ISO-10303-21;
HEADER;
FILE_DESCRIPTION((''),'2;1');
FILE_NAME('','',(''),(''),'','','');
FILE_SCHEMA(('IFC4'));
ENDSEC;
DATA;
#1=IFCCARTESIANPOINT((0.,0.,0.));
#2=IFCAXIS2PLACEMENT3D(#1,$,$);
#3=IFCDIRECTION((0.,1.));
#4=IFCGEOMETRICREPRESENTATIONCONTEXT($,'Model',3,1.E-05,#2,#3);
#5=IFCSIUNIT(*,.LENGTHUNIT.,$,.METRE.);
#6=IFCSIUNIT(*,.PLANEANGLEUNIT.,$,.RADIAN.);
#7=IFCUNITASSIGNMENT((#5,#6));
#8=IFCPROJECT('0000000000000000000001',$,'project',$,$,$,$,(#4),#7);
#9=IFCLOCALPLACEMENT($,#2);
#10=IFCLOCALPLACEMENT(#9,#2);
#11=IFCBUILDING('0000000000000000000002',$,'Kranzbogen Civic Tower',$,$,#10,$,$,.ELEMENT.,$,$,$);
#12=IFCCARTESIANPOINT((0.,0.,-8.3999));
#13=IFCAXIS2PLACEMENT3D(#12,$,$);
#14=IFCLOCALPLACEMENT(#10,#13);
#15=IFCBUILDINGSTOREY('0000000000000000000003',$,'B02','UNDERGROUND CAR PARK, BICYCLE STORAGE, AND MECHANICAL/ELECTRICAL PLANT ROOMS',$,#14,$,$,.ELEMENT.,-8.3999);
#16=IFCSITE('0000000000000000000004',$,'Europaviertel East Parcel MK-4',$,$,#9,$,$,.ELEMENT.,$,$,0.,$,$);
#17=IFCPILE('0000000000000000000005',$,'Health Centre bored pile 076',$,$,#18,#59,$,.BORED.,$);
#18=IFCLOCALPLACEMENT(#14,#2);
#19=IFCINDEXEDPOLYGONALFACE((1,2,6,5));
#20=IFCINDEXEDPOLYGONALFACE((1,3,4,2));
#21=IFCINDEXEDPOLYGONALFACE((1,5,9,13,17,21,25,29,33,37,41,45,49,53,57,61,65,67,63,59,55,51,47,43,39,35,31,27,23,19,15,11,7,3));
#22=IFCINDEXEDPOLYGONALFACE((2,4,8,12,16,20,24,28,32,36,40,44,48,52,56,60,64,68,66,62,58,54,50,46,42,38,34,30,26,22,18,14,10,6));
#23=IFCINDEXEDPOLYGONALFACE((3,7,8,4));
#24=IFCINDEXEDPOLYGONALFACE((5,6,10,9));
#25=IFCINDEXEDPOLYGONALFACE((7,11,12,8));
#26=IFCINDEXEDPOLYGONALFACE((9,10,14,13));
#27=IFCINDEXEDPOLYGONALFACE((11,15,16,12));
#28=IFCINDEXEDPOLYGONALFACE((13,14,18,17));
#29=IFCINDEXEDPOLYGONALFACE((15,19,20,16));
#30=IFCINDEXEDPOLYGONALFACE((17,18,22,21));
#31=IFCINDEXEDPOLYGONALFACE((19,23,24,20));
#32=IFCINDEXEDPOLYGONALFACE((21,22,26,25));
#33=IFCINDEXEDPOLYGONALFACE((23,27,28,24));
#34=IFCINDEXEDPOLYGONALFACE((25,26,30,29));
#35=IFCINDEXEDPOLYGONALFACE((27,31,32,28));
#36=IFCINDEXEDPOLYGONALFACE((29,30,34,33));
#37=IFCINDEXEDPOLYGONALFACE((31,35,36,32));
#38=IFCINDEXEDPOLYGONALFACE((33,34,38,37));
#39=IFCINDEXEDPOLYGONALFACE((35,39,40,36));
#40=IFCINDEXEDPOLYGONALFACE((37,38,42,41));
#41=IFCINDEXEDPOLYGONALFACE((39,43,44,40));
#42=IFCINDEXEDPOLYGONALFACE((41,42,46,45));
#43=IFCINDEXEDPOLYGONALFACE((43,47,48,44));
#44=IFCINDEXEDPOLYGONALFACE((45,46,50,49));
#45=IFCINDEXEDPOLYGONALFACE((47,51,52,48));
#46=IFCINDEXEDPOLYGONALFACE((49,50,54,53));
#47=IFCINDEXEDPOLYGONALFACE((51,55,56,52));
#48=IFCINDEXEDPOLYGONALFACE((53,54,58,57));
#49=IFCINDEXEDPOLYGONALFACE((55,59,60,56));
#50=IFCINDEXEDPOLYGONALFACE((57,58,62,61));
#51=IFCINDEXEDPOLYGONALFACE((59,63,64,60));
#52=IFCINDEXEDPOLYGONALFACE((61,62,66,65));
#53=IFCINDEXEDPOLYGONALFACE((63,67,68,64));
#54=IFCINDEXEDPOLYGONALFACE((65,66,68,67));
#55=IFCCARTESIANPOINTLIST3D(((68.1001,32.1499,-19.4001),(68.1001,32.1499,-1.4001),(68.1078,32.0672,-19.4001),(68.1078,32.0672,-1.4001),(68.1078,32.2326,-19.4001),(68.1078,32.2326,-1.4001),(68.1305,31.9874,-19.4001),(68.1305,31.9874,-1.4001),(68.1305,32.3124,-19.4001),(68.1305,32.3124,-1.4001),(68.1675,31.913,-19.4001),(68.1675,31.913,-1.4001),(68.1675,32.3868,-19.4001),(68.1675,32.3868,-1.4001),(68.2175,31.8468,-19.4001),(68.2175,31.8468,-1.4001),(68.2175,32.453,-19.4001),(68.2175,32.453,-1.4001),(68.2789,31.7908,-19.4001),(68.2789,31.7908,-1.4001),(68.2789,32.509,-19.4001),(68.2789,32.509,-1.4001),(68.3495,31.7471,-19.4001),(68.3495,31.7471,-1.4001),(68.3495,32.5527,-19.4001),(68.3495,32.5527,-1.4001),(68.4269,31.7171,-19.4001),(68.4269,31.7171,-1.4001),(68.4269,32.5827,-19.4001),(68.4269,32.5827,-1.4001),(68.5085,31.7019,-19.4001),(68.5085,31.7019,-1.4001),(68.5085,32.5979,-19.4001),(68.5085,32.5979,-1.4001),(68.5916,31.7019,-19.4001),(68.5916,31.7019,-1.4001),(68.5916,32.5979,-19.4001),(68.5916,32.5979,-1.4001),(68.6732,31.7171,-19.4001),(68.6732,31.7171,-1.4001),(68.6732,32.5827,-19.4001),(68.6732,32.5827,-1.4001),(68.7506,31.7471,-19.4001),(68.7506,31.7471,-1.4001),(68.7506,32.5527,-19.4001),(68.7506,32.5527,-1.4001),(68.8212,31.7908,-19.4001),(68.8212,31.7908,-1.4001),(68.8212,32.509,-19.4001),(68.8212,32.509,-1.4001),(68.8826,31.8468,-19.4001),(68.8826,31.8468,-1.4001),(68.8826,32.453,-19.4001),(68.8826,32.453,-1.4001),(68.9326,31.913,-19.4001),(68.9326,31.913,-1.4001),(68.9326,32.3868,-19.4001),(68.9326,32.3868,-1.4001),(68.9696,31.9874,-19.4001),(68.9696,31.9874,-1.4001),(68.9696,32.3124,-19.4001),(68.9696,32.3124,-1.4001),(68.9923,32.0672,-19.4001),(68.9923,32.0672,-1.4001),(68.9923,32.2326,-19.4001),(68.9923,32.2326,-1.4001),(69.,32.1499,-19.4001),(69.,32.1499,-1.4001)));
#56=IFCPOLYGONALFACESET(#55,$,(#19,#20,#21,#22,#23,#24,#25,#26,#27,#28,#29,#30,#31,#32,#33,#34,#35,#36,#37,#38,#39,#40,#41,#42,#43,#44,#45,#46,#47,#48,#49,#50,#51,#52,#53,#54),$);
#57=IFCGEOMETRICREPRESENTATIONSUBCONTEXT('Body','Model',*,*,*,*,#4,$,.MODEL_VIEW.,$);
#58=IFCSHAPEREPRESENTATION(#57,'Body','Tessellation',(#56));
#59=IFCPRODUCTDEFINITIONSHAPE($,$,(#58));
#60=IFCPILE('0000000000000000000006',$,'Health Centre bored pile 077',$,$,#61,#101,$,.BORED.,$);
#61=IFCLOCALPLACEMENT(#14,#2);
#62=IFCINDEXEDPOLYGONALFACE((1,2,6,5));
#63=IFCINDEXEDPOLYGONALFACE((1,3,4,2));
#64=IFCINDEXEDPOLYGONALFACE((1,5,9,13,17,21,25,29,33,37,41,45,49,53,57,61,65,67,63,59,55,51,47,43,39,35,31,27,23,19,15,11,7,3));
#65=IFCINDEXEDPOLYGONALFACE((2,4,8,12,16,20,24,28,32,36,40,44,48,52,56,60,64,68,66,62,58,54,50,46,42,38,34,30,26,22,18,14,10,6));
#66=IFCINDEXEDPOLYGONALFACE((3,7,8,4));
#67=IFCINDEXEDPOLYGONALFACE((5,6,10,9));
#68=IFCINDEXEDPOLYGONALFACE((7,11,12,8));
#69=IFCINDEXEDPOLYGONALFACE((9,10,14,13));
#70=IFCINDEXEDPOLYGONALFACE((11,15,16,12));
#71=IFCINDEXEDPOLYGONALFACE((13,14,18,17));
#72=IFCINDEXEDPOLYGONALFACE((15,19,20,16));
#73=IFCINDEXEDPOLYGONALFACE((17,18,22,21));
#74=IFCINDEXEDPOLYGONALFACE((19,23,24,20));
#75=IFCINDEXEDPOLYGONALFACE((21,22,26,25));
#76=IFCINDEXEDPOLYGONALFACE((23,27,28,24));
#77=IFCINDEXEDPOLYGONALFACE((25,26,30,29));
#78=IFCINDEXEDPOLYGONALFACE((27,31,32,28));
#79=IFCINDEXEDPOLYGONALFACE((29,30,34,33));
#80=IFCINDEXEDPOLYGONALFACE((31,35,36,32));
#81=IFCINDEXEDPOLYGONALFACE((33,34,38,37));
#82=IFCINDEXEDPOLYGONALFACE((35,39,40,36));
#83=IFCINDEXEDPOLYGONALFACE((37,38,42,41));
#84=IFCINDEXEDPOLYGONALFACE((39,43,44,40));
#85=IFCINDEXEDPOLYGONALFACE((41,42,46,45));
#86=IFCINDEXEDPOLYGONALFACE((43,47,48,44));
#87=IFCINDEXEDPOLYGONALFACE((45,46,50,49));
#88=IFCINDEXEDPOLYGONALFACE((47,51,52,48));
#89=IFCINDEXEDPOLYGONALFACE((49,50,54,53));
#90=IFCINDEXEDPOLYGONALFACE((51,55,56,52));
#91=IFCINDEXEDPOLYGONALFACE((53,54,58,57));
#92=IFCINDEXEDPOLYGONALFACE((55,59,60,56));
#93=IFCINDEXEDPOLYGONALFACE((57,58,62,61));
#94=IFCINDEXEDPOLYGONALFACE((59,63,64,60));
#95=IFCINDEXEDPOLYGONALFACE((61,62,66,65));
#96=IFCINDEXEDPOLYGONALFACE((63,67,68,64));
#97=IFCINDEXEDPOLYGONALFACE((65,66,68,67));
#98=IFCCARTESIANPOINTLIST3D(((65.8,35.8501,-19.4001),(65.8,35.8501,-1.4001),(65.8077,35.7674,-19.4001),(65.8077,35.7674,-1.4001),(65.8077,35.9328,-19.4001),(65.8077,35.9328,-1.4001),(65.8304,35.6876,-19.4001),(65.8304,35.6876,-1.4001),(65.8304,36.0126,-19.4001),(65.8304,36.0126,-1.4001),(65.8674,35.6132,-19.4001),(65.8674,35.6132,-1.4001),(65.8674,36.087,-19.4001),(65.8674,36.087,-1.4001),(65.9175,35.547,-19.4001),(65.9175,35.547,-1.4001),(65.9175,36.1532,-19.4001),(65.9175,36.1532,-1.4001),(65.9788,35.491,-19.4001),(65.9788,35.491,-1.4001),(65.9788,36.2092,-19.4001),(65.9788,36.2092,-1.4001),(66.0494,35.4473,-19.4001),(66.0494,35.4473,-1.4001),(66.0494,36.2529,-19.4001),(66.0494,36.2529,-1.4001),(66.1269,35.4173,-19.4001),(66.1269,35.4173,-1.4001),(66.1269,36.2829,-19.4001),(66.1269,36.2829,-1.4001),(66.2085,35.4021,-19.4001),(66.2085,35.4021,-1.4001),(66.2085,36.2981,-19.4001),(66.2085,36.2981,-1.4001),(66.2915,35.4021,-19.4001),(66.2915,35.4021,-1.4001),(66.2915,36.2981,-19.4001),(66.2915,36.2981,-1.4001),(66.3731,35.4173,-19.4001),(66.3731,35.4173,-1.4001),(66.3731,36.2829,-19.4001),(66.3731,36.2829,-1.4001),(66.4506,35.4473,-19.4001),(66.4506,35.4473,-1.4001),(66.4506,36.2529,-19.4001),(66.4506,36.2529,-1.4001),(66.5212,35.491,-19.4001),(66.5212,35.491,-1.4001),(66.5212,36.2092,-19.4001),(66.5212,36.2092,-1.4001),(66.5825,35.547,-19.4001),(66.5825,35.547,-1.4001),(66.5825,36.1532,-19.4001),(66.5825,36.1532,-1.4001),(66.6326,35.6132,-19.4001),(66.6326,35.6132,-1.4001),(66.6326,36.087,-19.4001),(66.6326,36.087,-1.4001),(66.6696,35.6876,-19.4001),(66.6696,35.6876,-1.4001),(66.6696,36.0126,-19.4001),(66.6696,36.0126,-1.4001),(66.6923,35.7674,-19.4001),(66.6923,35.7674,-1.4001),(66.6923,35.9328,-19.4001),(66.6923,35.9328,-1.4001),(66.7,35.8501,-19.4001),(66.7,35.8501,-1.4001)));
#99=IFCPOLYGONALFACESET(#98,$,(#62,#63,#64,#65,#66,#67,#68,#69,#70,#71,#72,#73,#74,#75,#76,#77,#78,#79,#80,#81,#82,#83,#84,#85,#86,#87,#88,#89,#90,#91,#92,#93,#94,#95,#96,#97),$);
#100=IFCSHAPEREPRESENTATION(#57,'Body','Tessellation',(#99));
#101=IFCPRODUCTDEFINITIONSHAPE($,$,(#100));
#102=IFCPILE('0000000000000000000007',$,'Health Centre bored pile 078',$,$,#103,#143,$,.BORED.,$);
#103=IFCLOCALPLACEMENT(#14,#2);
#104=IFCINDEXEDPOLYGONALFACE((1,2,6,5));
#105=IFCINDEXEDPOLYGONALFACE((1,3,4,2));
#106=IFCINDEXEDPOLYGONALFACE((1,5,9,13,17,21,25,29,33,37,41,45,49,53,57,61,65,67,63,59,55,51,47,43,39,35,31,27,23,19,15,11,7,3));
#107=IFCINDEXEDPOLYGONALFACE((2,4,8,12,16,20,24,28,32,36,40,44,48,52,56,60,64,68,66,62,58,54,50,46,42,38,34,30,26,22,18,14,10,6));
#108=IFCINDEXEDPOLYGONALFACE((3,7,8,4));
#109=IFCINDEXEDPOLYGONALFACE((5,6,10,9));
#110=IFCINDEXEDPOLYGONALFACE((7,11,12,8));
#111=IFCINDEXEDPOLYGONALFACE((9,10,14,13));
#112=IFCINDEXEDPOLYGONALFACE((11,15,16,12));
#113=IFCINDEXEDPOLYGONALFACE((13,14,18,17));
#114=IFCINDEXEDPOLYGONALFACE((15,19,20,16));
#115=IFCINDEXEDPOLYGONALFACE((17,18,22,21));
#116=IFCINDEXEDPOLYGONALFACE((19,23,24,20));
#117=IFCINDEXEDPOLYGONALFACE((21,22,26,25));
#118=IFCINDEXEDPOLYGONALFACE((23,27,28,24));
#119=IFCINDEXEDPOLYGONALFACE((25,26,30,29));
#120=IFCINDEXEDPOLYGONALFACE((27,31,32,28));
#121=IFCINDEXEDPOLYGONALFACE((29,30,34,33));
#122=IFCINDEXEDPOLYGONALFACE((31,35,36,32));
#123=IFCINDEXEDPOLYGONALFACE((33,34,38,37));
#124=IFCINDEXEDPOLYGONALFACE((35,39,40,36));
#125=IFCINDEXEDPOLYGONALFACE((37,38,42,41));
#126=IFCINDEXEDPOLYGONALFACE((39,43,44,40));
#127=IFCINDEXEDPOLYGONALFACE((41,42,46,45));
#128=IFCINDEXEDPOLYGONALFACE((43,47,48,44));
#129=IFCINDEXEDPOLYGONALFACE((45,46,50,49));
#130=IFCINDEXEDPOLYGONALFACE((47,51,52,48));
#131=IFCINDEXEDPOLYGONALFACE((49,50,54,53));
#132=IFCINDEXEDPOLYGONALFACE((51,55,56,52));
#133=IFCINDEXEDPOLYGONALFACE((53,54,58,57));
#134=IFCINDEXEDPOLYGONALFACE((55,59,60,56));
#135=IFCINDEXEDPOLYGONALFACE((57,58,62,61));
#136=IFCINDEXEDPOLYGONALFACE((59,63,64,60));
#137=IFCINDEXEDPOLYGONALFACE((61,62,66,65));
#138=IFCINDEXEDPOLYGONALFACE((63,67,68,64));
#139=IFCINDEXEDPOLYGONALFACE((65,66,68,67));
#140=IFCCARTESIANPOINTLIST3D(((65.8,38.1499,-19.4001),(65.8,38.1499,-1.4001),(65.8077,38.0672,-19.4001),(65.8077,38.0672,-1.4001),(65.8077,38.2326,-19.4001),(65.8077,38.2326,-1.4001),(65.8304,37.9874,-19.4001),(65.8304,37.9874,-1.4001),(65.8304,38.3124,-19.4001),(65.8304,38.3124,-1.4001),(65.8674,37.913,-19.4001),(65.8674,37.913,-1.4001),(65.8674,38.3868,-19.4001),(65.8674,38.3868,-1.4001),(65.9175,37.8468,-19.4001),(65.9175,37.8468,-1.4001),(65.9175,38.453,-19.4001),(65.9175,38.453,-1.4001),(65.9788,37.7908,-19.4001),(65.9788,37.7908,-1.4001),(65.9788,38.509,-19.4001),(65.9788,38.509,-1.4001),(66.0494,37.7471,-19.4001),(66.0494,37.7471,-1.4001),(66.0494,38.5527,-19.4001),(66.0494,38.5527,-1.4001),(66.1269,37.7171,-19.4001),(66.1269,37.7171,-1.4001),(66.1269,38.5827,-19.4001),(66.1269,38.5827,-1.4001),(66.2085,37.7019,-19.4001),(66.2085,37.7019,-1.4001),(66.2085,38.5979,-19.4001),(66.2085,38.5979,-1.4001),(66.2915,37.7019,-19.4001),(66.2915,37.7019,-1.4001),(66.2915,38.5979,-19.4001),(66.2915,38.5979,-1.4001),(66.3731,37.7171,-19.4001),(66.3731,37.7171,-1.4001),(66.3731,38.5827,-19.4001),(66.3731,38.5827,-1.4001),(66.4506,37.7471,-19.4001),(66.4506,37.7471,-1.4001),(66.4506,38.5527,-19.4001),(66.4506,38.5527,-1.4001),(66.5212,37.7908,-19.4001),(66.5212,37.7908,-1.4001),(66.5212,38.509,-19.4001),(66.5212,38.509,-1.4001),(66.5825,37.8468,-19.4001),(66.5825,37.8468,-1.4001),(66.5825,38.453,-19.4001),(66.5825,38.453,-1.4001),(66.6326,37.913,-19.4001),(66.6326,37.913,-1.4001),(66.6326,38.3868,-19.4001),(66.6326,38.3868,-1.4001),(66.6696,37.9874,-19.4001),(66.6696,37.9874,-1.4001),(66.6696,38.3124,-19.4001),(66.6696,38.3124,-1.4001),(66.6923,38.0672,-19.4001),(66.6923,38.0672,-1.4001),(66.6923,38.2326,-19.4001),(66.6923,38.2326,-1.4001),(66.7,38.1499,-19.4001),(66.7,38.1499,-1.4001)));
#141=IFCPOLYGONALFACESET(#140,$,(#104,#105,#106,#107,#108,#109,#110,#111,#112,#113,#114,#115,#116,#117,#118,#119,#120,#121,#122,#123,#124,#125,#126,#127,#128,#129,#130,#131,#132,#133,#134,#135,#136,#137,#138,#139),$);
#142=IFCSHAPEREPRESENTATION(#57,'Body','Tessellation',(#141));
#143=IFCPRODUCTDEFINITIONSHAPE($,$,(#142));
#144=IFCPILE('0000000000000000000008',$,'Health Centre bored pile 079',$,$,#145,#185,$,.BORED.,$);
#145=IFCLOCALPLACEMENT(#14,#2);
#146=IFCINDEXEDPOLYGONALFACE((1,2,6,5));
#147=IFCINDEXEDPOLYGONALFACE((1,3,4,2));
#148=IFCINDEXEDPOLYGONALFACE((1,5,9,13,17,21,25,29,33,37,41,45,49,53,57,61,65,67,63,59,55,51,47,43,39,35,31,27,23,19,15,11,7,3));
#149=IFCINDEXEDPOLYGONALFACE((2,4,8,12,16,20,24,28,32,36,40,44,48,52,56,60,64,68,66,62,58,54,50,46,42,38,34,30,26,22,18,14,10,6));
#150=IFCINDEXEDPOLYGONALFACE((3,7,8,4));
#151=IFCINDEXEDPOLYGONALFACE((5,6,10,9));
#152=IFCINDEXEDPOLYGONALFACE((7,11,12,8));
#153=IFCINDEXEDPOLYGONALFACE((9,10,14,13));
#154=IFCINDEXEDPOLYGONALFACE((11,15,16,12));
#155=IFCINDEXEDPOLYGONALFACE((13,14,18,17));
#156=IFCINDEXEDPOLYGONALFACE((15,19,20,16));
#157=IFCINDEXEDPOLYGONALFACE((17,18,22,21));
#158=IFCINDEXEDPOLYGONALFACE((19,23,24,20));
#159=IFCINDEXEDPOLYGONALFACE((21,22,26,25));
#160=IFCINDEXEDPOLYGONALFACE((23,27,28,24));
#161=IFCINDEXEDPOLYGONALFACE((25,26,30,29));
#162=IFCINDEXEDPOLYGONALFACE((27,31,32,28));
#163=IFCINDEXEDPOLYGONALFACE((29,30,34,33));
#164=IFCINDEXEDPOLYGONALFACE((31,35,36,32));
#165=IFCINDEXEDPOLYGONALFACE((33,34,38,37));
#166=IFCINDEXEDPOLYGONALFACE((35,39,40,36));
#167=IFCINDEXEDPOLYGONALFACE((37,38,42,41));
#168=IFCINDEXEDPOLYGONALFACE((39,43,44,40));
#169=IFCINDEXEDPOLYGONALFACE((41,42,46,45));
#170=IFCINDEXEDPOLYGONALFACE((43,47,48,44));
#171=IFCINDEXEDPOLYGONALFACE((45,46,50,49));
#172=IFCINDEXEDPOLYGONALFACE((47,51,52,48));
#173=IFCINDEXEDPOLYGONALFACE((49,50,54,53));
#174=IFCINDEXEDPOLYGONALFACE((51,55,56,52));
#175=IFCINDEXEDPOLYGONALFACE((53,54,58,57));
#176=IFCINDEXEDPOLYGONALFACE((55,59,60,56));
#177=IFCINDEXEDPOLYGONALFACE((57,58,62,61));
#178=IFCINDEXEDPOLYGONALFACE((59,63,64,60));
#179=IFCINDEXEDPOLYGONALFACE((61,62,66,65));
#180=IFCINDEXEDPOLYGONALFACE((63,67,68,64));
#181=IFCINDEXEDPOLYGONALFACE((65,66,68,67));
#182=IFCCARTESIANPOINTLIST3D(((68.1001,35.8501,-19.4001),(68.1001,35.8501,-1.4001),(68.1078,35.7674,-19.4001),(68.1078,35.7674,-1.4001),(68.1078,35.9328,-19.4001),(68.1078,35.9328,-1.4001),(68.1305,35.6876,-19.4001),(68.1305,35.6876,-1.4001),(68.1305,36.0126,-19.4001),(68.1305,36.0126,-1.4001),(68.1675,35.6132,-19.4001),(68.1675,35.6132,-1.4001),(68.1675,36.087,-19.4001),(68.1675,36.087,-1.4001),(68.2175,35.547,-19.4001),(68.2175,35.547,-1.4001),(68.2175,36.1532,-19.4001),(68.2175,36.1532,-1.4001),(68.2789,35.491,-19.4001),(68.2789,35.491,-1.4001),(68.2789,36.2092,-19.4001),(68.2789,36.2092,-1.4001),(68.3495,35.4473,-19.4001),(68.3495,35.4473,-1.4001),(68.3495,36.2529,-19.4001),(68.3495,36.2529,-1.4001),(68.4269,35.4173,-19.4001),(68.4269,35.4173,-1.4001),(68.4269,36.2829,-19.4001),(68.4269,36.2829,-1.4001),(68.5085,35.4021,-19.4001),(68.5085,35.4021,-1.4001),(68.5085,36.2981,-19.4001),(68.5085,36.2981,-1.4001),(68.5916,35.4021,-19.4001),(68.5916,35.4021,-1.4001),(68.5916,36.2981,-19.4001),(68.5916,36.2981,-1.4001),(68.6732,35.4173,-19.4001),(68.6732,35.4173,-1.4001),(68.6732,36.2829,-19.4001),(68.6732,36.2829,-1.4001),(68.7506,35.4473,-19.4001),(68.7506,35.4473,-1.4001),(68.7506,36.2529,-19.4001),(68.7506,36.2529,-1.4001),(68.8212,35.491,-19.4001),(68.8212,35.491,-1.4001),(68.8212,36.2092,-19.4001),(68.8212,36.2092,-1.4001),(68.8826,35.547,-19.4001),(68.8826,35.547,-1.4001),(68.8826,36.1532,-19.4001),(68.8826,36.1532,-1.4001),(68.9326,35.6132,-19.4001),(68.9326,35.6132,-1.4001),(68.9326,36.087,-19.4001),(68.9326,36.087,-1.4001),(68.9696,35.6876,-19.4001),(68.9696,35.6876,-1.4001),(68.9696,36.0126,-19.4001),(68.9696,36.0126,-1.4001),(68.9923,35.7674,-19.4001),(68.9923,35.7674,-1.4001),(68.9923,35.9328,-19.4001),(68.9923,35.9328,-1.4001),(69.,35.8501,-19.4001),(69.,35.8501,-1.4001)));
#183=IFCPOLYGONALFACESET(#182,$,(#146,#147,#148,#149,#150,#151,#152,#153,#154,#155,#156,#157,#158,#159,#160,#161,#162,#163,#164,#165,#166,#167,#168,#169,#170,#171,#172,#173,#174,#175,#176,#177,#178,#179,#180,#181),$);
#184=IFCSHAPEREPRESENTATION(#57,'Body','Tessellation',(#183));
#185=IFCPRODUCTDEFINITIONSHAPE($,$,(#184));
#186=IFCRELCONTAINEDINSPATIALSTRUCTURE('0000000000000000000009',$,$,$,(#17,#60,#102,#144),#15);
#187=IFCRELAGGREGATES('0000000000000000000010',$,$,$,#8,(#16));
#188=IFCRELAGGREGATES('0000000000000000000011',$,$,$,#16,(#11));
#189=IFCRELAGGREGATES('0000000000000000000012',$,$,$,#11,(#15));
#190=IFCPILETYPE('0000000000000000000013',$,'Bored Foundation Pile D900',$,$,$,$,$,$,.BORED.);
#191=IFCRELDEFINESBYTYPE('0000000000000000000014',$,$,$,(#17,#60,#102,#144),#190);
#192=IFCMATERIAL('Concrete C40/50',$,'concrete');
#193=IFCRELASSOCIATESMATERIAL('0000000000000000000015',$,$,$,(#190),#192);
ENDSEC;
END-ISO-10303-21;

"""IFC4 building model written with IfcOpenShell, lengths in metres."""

from ifc_helpers import new_model, si_unit, direction, frame, origin, origin_2d, place, context, subcontext, project, spatial, circle, extrude, material, material_profile, profile_set, type_object, element, save


model = new_model("IFC4")

# Units and contexts
model_context = context("Model", 3, precision=1e-05, world=origin(), true_north=direction((0.0, 1.0)))
body_context = subcontext(model_context, "Body", "Model", "MODEL_VIEW")
ifc_project = project(units=[si_unit("LENGTHUNIT", "METRE"), si_unit("PLANEANGLEUNIT", "RADIAN")], contexts=[model_context])

# Site, building, storey
site_placement = place(None, origin())
site = spatial("IfcSite", under=ifc_project, at=site_placement, Name="Europaviertel East Parcel MK-4", CompositionType="ELEMENT", RefElevation=0.0)
building_placement = place(site_placement, origin())
building = spatial("IfcBuilding", under=site, at=building_placement, Name="Kranzbogen Civic Tower", CompositionType="ELEMENT")
storey_placement = place(building_placement, frame((0.0, 0.0, -8.3999)))
storey = spatial("IfcBuildingStorey", under=building, at=storey_placement, Name="B02", Description="UNDERGROUND CAR PARK, BICYCLE STORAGE, AND MECHANICAL/ELECTRICAL PLANT ROOMS", CompositionType="ELEMENT", Elevation=-8.3999)

# Piles
ifc_material_1 = material(Name="Concrete C40/50", Category="concrete")
ifc_material_profile_1 = material_profile(ifc_material_1, circle(Radius=0.45, at=origin_2d()), Name="PILE D900")
ifc_profile_set_1 = profile_set([ifc_material_profile_1], Name="Concrete C40/50")
pile_type = type_object("IfcPileType", Name="Bored Foundation Pile D900", PredefinedType="BORED", material=ifc_profile_set_1)
for number, where, z_axis, x_axis, name in (
    (1, (68.55, 32.1499, -1.4001), (0.0, 0.0, -1.0), (1.0, 0.0, 0.0), "Health Centre bored pile 076"),
    (2, (66.25, 35.8501, -1.4001), (0.0, 0.0, -1.0), (1.0, 0.0, 0.0), "Health Centre bored pile 077"),
    (3, (66.25, 38.1499, -1.4001), (0.0, 0.0, -1.0), (1.0, 0.0, 0.0), "Health Centre bored pile 078"),
    (4, (68.55, 35.8501, -1.4001), (0.0, 0.0, -1.0), (1.0, 0.0, 0.0), "Health Centre bored pile 079"),
):
    element("IfcPile", number, at=place(storey_placement, frame(where, z_axis=z_axis, x_axis=x_axis)), inside=storey, type_object=pile_type, Name=name, PredefinedType="BORED", context=body_context, shape_type="SweptSolid", body=[
        extrude(circle(Radius=0.45, at=origin_2d()), origin(), (0.0, 0.0, 1.0), 18.0),
    ])

save(model, "model.ifc")
